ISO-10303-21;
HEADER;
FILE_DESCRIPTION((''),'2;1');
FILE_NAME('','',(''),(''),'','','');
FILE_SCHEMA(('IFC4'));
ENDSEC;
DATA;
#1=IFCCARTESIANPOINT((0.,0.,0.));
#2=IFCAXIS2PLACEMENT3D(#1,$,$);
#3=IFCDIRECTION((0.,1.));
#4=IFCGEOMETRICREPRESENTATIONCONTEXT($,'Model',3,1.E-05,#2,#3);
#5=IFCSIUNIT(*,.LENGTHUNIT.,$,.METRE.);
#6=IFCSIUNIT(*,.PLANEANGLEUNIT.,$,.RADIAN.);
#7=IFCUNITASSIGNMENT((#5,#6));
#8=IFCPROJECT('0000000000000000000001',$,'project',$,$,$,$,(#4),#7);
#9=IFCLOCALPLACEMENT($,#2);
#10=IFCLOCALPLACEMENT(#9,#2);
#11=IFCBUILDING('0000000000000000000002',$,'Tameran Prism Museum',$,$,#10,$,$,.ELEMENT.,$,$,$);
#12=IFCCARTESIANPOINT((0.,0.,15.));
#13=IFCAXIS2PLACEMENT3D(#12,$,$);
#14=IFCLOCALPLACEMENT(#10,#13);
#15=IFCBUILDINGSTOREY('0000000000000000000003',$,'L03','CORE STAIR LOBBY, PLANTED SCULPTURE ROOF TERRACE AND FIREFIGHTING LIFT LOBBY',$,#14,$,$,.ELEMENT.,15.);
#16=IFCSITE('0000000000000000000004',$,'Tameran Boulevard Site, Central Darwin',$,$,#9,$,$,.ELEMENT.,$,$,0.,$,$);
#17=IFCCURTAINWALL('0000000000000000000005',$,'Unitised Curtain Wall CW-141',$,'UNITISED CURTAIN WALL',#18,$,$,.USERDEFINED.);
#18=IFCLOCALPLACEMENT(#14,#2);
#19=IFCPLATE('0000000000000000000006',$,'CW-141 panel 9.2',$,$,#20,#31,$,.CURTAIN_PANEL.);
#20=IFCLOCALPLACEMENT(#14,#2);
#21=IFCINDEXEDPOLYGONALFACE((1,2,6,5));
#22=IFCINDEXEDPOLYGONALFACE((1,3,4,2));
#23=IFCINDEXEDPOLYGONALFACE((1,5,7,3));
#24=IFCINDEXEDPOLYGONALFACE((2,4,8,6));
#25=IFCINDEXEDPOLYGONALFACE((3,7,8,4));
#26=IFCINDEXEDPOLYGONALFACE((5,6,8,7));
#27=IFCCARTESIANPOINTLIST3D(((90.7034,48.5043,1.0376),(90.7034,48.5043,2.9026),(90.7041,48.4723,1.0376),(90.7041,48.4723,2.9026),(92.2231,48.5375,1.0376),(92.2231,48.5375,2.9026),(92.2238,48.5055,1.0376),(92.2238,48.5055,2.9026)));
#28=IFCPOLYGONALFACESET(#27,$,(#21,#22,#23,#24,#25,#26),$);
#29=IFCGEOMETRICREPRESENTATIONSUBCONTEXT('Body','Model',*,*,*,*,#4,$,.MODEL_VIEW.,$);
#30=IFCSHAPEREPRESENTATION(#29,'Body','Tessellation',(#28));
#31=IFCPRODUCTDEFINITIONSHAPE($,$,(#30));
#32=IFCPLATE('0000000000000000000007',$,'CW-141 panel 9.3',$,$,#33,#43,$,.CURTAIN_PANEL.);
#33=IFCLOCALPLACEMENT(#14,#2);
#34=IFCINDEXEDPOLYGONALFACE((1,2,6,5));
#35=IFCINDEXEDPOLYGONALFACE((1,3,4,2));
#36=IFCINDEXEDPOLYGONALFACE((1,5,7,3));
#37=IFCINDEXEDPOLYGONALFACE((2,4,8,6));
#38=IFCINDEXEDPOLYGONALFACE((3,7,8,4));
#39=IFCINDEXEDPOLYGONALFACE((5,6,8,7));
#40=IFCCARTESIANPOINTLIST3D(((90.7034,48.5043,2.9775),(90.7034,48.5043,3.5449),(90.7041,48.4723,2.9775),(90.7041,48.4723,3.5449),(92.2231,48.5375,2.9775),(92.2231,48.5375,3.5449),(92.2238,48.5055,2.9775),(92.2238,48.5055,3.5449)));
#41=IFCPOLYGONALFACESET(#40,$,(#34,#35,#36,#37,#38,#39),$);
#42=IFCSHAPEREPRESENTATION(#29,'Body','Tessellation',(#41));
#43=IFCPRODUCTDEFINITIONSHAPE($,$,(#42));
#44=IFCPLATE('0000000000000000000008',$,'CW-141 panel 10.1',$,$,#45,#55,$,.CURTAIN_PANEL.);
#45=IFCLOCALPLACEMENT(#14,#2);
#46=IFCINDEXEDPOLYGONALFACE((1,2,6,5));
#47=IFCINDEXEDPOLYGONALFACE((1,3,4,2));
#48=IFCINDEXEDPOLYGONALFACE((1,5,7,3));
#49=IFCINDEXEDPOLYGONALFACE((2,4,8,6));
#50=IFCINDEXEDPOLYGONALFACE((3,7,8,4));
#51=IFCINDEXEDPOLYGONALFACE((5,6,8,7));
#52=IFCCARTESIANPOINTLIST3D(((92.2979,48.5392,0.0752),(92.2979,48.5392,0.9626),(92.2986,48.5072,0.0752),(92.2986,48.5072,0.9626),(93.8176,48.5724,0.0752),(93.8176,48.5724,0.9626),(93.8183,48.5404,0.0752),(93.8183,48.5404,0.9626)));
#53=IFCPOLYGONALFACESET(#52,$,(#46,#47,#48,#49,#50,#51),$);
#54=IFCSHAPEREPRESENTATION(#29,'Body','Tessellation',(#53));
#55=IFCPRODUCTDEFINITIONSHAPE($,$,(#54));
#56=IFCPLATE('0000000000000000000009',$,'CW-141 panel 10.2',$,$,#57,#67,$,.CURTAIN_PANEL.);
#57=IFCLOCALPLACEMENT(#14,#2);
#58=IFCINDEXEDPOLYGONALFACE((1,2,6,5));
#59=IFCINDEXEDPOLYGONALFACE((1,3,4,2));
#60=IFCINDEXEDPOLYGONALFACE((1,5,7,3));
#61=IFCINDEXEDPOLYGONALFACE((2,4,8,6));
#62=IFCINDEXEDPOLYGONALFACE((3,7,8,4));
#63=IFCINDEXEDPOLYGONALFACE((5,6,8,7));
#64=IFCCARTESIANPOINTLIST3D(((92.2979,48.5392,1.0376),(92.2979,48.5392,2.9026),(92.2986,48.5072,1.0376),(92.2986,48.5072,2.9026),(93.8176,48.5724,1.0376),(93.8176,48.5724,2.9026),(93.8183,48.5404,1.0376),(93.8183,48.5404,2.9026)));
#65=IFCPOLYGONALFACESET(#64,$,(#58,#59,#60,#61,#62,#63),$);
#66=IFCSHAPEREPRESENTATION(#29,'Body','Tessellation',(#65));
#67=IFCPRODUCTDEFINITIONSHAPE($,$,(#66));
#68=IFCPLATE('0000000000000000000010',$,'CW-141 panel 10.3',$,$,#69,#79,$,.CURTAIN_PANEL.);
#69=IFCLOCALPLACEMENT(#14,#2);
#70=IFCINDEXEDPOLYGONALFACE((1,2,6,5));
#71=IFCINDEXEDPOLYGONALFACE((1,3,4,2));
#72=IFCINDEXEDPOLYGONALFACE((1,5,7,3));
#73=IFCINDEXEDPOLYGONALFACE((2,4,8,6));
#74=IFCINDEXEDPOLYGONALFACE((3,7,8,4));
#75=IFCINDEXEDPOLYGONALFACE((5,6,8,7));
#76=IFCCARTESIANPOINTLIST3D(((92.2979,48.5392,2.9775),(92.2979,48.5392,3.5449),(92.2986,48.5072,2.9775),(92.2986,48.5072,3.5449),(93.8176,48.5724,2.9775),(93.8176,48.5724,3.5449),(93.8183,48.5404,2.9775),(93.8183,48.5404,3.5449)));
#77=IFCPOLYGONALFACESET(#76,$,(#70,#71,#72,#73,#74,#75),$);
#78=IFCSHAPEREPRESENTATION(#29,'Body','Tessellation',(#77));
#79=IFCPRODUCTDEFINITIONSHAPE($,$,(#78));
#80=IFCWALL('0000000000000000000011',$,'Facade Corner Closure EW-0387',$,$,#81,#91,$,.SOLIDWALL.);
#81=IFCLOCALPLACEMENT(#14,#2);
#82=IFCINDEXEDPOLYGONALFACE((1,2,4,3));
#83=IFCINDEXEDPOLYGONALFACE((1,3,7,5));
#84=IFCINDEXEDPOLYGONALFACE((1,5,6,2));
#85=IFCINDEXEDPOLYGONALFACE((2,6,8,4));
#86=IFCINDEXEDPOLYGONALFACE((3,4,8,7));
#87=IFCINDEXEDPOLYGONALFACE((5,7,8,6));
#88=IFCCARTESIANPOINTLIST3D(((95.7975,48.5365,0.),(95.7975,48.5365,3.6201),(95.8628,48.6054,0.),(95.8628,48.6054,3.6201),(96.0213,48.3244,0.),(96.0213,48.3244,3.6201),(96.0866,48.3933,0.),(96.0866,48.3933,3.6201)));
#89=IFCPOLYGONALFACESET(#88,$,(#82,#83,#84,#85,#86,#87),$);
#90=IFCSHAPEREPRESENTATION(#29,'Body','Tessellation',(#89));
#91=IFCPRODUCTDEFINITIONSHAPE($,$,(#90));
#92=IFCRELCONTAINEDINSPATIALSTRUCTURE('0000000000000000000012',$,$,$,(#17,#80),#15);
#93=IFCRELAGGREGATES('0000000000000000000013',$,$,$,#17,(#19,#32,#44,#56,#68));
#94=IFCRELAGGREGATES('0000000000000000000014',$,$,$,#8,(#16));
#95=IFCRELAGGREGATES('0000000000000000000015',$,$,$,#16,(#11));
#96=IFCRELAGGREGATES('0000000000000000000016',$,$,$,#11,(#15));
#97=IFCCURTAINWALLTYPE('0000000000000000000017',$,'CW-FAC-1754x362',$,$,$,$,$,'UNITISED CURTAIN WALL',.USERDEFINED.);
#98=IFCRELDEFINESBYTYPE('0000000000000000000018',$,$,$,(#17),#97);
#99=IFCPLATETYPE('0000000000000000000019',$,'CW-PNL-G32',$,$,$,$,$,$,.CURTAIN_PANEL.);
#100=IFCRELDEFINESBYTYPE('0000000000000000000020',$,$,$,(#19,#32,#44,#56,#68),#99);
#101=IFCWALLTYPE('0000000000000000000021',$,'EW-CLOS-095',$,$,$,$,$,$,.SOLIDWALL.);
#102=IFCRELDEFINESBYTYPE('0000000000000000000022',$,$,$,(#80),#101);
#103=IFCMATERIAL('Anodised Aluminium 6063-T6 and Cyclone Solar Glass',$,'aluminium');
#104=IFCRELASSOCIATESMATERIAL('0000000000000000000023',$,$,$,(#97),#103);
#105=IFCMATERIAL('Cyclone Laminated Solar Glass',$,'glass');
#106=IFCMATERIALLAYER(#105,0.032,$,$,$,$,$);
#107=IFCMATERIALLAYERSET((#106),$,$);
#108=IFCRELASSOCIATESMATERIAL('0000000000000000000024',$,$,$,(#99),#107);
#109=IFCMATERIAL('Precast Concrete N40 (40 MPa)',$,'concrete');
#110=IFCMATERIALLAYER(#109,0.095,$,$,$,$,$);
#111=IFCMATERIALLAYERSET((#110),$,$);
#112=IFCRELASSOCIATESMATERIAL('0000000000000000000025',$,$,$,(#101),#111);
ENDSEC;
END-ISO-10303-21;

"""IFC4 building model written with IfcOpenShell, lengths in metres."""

from ifc_helpers import new_model, si_unit, direction, frame, frame_2d, origin, origin_2d, place, context, subcontext, project, spatial, rectangle, extrude, material, layer, layer_set, type_object, element, aggregate, save


model = new_model("IFC4")

# Units and contexts
model_context = context("Model", 3, precision=1e-05, world=origin(), true_north=direction((0.0, 1.0)))
body_context = subcontext(model_context, "Body", "Model", "MODEL_VIEW")
ifc_project = project(units=[si_unit("LENGTHUNIT", "METRE"), si_unit("PLANEANGLEUNIT", "RADIAN")], contexts=[model_context])

# Site, building, storey
site_placement = place(None, origin())
site = spatial("IfcSite", under=ifc_project, at=site_placement, Name="Tameran Boulevard Site, Central Darwin", CompositionType="ELEMENT", RefElevation=0.0)
building_placement = place(site_placement, origin())
building = spatial("IfcBuilding", under=site, at=building_placement, Name="Tameran Prism Museum", CompositionType="ELEMENT")
storey_placement = place(building_placement, frame((0.0, 0.0, 15.0)))
storey = spatial("IfcBuildingStorey", under=building, at=storey_placement, Name="L03", Description="CORE STAIR LOBBY, PLANTED SCULPTURE ROOF TERRACE AND FIREFIGHTING LIFT LOBBY", CompositionType="ELEMENT", Elevation=15.0)

# Curtain wall
ifc_material_1 = material(Name="Anodised Aluminium 6063-T6 and Cyclone Solar Glass", Category="aluminium")
curtain_wall_type_1 = type_object("IfcCurtainWallType", Name="CW-FAC-1754x362", ElementType="UNITISED CURTAIN WALL", PredefinedType="USERDEFINED", material=ifc_material_1)
curtain_wall_1_placement = place(storey_placement, origin())
curtain_wall_1 = element("IfcCurtainWall", 1, at=curtain_wall_1_placement, inside=storey, type_object=curtain_wall_type_1, Name="Unitised Curtain Wall CW-141", ObjectType="UNITISED CURTAIN WALL", PredefinedType="USERDEFINED")

# Plates
ifc_material_2 = material(Name="Cyclone Laminated Solar Glass", Category="glass")
ifc_layer_1 = layer(ifc_material_2, 0.032)
ifc_layer_set_1 = layer_set([ifc_layer_1])
plate_type = type_object("IfcPlateType", Name="CW-PNL-G32", PredefinedType="CURTAIN_PANEL", material=ifc_layer_set_1)
plate_1_placement = place(storey_placement, frame((91.4636, 48.5049, 1.0376), z_axis=(0.0, 0.0, 1.0), x_axis=(0.999762, 0.021831, 0.0)))
plate_1 = element("IfcPlate", 2, at=plate_1_placement, type_object=plate_type, Name="CW-141 panel 9.2", PredefinedType="CURTAIN_PANEL", context=body_context, shape_type="SweptSolid", body=[
    extrude(rectangle(XDim=1.52, YDim=0.032, at=origin_2d()), origin(), (0.0, 0.0, 1.0), 1.865),
])
plate_2_placement = place(storey_placement, frame((91.4636, 48.5049, 2.9775), z_axis=(0.0, 0.0, 1.0), x_axis=(0.999762, 0.021831, 0.0)))
plate_2 = element("IfcPlate", 3, at=plate_2_placement, type_object=plate_type, Name="CW-141 panel 9.3", PredefinedType="CURTAIN_PANEL", context=body_context, shape_type="SweptSolid", body=[
    extrude(rectangle(XDim=1.52, YDim=0.032, at=origin_2d()), origin(), (0.0, 0.0, 1.0), 0.5674),
])
plate_3_placement = place(storey_placement, frame((93.0581, 48.5398, 0.0752), z_axis=(0.0, 0.0, 1.0), x_axis=(0.999762, 0.021831, 0.0)))
plate_3 = element("IfcPlate", 4, at=plate_3_placement, type_object=plate_type, Name="CW-141 panel 10.1", PredefinedType="CURTAIN_PANEL", context=body_context, shape_type="SweptSolid", body=[
    extrude(rectangle(XDim=1.52, YDim=0.032, at=origin_2d()), origin(), (0.0, 0.0, 1.0), 0.8875),
])
plate_4_placement = place(storey_placement, frame((93.0581, 48.5398, 1.0376), z_axis=(0.0, 0.0, 1.0), x_axis=(0.999762, 0.021831, 0.0)))
plate_4 = element("IfcPlate", 5, at=plate_4_placement, type_object=plate_type, Name="CW-141 panel 10.2", PredefinedType="CURTAIN_PANEL", context=body_context, shape_type="SweptSolid", body=[
    extrude(rectangle(XDim=1.52, YDim=0.032, at=origin_2d()), origin(), (0.0, 0.0, 1.0), 1.865),
])
plate_5_placement = place(storey_placement, frame((93.0581, 48.5398, 2.9775), z_axis=(0.0, 0.0, 1.0), x_axis=(0.999762, 0.021831, 0.0)))
plate_5 = element("IfcPlate", 6, at=plate_5_placement, type_object=plate_type, Name="CW-141 panel 10.3", PredefinedType="CURTAIN_PANEL", context=body_context, shape_type="SweptSolid", body=[
    extrude(rectangle(XDim=1.52, YDim=0.032, at=origin_2d()), origin(), (0.0, 0.0, 1.0), 0.5674),
])
aggregate(curtain_wall_1, [plate_1, plate_2, plate_3, plate_4, plate_5])

# Wall
ifc_material_3 = material(Name="Precast Concrete N40 (40 MPa)", Category="concrete")
ifc_layer_2 = layer(ifc_material_3, 0.095)
ifc_layer_set_2 = layer_set([ifc_layer_2])
wall_type = type_object("IfcWallType", Name="EW-CLOS-095", PredefinedType="SOLIDWALL", material=ifc_layer_set_2)
wall_placement = place(storey_placement, frame((95.8301, 48.571, 0.0), z_axis=(0.0, 0.0, 1.0), x_axis=(0.725849, -0.687854, 0.0)))
element("IfcWall", 7, at=wall_placement, inside=storey, type_object=wall_type, Name="Facade Corner Closure EW-0387", PredefinedType="SOLIDWALL", context=body_context, shape_type="SweptSolid", body=[
    extrude(rectangle(XDim=0.3083, YDim=0.095, at=frame_2d((0.1543, 0.0))), origin(), (0.0, 0.0, 1.0), 3.6201),
])

save(model, "model.ifc")
